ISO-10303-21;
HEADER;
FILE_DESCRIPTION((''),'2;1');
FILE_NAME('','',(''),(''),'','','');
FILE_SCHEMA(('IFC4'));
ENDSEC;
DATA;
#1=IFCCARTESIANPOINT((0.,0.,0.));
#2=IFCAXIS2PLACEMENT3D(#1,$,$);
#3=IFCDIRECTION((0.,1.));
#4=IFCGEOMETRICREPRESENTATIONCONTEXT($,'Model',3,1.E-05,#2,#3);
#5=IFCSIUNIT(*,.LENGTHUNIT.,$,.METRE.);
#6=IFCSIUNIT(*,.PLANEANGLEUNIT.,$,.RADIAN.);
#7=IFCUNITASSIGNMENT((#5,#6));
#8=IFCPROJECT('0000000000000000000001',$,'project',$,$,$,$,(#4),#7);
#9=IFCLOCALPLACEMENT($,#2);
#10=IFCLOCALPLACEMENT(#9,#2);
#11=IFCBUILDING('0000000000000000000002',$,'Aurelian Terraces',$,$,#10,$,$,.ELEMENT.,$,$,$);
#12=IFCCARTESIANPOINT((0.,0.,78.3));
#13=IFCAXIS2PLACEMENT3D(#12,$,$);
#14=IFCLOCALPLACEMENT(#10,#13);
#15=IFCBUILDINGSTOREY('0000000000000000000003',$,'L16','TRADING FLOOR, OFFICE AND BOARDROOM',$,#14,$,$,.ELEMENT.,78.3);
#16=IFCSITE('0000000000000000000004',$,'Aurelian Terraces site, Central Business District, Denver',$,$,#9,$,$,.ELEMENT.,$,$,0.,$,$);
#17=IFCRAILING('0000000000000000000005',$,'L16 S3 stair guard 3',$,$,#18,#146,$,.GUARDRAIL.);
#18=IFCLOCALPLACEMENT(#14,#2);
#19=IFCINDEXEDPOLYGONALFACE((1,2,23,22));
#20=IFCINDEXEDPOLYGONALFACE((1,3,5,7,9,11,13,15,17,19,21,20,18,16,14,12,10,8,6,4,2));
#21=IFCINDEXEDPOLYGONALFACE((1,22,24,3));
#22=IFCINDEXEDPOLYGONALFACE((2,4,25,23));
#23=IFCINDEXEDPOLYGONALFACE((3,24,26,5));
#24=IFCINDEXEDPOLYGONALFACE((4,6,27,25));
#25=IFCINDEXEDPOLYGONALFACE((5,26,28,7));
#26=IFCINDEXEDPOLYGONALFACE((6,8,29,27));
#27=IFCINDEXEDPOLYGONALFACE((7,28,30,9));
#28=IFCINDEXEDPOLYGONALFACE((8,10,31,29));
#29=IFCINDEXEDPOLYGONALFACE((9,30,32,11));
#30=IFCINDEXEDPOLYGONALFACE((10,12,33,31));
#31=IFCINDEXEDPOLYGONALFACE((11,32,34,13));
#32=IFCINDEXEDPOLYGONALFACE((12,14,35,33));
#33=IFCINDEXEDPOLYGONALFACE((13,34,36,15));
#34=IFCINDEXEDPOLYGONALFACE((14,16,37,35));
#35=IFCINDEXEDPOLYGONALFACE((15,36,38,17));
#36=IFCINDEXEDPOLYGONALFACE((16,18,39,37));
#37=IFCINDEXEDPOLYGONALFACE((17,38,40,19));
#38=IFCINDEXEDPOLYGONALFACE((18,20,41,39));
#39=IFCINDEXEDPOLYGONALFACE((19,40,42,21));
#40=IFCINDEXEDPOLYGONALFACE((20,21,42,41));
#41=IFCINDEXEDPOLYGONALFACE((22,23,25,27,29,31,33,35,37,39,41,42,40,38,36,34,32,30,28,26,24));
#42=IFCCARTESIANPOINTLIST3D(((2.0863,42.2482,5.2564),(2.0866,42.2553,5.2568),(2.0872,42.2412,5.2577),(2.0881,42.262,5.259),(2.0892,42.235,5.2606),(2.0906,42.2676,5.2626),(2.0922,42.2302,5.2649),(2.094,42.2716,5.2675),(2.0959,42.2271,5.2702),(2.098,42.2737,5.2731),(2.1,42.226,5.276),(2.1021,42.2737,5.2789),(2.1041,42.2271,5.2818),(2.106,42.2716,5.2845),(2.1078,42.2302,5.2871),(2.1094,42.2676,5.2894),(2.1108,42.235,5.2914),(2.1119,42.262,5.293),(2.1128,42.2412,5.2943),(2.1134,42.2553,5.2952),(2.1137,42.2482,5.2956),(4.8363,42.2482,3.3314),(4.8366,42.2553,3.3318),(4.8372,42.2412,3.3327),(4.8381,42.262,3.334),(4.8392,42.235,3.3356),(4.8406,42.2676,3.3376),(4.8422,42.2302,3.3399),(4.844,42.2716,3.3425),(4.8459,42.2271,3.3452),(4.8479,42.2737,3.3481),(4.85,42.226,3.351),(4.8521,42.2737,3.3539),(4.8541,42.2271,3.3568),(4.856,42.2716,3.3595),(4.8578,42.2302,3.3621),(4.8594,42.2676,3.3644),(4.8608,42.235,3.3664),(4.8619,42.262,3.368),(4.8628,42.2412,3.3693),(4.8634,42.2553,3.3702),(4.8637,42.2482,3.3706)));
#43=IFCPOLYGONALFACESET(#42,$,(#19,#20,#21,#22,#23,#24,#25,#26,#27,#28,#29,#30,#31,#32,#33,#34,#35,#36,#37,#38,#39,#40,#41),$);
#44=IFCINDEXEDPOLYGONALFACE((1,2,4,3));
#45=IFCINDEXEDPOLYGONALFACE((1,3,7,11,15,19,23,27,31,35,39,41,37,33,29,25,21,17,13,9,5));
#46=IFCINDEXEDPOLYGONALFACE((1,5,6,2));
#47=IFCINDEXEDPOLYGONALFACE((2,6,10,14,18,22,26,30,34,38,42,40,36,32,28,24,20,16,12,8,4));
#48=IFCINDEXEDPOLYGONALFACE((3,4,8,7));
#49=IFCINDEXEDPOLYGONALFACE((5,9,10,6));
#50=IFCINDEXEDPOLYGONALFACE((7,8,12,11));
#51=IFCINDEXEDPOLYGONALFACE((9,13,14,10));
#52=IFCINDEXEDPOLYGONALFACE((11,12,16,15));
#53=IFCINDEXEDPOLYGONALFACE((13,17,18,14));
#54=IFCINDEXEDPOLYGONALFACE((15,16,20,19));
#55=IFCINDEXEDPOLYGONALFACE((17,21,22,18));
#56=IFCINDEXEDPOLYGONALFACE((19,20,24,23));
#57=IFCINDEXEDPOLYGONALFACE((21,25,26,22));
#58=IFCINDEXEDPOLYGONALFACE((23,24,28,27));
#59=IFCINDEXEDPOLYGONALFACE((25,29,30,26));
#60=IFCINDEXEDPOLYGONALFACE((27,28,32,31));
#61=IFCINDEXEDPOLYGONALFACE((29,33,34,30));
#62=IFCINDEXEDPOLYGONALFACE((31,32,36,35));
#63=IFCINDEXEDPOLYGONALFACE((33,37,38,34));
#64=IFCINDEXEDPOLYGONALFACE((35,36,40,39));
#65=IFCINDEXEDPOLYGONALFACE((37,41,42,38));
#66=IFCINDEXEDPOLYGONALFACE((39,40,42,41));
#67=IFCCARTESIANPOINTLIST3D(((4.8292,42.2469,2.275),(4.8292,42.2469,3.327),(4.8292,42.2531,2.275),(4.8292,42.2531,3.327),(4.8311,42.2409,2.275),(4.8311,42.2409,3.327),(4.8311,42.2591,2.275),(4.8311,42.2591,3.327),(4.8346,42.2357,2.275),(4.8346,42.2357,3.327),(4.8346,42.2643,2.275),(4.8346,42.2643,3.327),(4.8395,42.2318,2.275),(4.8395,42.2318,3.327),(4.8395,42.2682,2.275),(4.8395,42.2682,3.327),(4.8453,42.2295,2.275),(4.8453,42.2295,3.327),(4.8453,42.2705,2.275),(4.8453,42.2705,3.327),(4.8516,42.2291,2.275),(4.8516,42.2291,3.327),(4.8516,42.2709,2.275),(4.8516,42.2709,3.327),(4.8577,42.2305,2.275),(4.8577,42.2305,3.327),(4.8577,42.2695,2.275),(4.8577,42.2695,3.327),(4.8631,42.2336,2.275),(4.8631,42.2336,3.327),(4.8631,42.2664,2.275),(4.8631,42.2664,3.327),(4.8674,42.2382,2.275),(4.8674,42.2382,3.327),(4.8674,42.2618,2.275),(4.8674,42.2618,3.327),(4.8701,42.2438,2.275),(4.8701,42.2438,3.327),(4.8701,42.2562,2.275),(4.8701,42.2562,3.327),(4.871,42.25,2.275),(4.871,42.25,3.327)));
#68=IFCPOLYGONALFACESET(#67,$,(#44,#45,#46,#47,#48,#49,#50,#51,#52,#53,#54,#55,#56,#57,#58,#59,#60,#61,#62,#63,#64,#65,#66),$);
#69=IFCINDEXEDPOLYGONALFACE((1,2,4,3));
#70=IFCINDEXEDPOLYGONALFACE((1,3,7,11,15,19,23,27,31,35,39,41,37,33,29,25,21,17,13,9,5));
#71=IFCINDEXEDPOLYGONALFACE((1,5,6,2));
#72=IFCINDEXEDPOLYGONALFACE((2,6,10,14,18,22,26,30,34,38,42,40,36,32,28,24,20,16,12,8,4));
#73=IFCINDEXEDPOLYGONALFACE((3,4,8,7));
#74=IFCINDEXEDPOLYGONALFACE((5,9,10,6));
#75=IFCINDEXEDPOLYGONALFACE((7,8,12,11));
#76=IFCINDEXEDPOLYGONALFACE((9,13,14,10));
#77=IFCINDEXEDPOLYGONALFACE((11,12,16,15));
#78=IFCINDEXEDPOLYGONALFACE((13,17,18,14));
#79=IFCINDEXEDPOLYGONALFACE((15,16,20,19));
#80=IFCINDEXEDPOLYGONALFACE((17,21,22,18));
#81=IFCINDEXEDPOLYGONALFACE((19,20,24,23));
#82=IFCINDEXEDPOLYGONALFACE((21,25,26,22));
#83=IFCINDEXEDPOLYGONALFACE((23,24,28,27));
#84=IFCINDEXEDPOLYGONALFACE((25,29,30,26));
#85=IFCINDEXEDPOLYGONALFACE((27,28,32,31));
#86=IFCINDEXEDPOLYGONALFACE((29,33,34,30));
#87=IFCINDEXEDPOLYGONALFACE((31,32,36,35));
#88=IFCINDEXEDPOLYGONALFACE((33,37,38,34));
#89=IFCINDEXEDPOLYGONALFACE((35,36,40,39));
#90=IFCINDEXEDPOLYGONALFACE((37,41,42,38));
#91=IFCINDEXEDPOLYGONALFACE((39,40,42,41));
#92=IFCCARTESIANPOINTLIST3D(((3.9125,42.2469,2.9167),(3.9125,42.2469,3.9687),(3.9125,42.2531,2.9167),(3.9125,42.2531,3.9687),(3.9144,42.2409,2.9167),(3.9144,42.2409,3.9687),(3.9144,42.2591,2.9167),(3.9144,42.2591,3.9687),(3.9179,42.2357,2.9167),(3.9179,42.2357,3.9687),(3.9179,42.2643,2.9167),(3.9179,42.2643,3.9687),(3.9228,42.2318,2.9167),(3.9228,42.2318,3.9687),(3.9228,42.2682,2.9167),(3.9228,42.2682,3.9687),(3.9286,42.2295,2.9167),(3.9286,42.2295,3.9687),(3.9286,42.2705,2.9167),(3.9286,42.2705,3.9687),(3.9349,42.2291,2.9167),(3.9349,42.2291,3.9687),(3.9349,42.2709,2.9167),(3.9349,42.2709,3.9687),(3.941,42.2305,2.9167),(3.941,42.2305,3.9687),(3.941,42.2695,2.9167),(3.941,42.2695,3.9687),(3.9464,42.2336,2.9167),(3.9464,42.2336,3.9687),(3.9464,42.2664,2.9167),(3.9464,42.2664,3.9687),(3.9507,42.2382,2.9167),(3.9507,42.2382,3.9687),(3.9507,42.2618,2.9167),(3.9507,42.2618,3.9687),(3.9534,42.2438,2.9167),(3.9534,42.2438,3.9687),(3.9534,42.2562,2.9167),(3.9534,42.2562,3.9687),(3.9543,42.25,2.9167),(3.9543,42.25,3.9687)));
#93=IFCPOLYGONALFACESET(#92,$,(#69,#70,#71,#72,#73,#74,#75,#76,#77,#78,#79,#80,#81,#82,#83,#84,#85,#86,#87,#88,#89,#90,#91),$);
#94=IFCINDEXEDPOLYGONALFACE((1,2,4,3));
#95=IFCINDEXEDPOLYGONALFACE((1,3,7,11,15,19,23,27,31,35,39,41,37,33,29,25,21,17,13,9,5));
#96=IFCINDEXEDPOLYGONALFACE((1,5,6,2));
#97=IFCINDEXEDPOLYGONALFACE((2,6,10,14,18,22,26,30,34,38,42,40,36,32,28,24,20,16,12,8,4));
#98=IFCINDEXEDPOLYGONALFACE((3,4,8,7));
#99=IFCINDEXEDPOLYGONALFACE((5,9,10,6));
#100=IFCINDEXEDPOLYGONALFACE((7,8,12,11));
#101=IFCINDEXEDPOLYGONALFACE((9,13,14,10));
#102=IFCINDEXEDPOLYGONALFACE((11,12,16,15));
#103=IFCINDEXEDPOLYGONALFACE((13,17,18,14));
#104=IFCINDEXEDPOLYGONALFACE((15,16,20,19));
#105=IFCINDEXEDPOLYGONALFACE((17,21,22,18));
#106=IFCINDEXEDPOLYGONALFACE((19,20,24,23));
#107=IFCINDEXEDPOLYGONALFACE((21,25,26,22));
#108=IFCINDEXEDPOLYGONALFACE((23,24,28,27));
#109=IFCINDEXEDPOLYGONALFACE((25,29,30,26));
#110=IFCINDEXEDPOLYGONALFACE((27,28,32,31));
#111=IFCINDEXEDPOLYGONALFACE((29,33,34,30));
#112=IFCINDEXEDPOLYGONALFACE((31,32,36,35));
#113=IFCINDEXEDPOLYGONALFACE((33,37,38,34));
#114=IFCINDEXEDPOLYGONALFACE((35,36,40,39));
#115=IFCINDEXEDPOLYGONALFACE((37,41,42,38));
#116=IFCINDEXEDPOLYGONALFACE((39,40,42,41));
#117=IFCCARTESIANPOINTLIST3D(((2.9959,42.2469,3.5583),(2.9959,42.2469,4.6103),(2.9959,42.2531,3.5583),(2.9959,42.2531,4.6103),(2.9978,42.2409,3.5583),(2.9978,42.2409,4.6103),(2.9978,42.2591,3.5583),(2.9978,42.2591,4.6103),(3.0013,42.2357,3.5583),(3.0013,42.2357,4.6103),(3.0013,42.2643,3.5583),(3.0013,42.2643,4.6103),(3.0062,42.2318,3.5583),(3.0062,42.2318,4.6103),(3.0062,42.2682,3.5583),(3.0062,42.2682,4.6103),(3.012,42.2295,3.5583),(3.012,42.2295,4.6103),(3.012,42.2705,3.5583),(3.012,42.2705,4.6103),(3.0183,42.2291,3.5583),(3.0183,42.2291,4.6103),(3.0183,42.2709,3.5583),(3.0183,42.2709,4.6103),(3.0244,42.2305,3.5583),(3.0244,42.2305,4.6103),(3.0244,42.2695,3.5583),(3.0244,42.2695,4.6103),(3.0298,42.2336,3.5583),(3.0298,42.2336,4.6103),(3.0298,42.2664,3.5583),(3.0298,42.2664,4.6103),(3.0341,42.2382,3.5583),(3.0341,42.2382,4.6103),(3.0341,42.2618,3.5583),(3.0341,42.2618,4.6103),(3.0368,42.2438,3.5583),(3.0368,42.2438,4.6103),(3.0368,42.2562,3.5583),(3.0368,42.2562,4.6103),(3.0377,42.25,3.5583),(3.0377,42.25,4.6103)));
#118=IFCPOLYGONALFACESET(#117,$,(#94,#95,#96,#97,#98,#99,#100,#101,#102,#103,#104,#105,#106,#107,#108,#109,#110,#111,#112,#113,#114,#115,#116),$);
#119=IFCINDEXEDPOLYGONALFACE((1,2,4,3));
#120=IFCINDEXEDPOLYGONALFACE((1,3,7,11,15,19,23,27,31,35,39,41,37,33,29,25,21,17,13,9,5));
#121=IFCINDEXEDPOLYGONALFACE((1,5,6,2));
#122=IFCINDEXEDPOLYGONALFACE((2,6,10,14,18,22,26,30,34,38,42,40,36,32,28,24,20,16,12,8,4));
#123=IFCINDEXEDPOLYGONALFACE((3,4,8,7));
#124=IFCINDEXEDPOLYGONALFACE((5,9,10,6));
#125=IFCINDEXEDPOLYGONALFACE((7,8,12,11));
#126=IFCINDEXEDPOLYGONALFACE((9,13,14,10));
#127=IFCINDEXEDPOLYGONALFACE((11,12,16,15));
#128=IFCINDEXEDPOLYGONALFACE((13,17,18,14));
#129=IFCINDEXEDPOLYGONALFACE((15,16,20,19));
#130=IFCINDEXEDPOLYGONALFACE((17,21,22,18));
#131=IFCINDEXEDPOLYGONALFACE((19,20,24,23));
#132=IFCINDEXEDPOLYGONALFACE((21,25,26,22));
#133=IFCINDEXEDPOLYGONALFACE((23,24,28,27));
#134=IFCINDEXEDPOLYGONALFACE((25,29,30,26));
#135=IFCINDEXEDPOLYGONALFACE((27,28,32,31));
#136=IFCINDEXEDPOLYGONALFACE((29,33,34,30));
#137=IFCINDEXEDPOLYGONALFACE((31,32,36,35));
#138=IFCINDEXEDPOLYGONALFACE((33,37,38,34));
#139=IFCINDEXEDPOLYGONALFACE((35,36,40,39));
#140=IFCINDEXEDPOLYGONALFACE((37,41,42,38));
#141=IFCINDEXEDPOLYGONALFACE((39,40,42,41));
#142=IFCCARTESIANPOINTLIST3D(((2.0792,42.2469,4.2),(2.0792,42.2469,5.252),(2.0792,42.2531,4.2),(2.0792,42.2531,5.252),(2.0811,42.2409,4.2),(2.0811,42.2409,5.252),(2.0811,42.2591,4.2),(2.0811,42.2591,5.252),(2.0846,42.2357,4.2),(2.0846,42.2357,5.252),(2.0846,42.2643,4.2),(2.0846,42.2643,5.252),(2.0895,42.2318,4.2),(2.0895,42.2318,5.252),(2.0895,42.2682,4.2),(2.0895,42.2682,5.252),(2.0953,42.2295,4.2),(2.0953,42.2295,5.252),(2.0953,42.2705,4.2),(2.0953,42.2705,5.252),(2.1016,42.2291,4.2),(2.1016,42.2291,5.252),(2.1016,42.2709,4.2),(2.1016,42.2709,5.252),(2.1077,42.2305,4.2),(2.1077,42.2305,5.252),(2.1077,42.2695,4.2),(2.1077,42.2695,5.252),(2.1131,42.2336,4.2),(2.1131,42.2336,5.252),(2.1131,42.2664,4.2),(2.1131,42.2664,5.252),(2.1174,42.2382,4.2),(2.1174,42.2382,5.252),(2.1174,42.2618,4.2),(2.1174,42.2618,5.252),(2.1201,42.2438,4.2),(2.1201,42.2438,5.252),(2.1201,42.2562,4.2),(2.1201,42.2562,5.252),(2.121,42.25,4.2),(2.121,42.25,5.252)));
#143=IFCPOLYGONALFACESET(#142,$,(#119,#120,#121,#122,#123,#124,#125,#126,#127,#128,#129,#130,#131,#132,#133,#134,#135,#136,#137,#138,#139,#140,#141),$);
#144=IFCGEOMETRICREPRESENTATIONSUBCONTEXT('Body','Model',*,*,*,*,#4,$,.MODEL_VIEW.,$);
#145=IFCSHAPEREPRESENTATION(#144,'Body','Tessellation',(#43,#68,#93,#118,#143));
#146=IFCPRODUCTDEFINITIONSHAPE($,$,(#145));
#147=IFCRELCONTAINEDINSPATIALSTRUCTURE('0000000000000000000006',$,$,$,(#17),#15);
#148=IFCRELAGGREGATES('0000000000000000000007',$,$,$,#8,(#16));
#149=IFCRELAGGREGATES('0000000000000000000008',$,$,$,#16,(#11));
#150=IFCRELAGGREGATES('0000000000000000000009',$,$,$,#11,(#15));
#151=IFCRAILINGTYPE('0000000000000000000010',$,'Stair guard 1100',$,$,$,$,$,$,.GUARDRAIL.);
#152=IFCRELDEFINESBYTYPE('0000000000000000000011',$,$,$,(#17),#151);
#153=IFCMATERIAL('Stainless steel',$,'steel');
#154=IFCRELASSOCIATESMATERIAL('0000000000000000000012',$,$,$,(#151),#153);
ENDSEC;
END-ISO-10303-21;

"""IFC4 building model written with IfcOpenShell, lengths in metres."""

from ifc_helpers import new_model, si_unit, direction, frame, origin, origin_2d, place, context, subcontext, project, spatial, circle, extrude, source, transform, mapped, material, type_object, element, save


model = new_model("IFC4")

# Units and contexts
model_context = context("Model", 3, precision=1e-05, world=origin(), true_north=direction((0.0, 1.0)))
body_context = subcontext(model_context, "Body", "Model", "MODEL_VIEW")
ifc_project = project(units=[si_unit("LENGTHUNIT", "METRE"), si_unit("PLANEANGLEUNIT", "RADIAN")], contexts=[model_context])

# Site, building, storey
site_placement = place(None, origin())
site = spatial("IfcSite", under=ifc_project, at=site_placement, Name="Aurelian Terraces site, Central Business District, Denver", CompositionType="ELEMENT", RefElevation=0.0)
building_placement = place(site_placement, origin())
building = spatial("IfcBuilding", under=site, at=building_placement, Name="Aurelian Terraces", CompositionType="ELEMENT")
storey_placement = place(building_placement, frame((0.0, 0.0, 78.3)))
storey = spatial("IfcBuildingStorey", under=building, at=storey_placement, Name="L16", Description="TRADING FLOOR, OFFICE AND BOARDROOM", CompositionType="ELEMENT", Elevation=78.3)

# Railing
ifc_material_1 = material(Name="Stainless steel", Category="steel")
railing_type_1 = type_object("IfcRailingType", Name="Stair guard 1100", PredefinedType="GUARDRAIL", material=ifc_material_1)
shared_shape_1 = source(origin(), body_context, "Body", "SweptSolid", [
    extrude(circle(Radius=0.024, at=origin_2d()), frame((0.0, 0.0, 1.076), z_axis=(-0.819232, 0.0, 0.573462), x_axis=(0.0, -1.0, 0.0)), (0.0, 0.0, 1.0), 3.3568),
    extrude(circle(Radius=0.021, at=origin_2d()), origin(), (0.0, 0.0, 1.0), 1.052),
    extrude(circle(Radius=0.021, at=origin_2d()), frame((-0.9167, 0.0, 0.6417)), (0.0, 0.0, 1.0), 1.052),
    extrude(circle(Radius=0.021, at=origin_2d()), frame((-1.8333, 0.0, 1.2833)), (0.0, 0.0, 1.0), 1.052),
    extrude(circle(Radius=0.021, at=origin_2d()), frame((-2.75, 0.0, 1.925)), (0.0, 0.0, 1.0), 1.052),
])
railing_1_placement = place(storey_placement, frame((4.85, 42.25, 2.275)))
element("IfcRailing", 1, at=railing_1_placement, inside=storey, type_object=railing_type_1, Name="L16 S3 stair guard 3", PredefinedType="GUARDRAIL", context=body_context, shape_type="MappedRepresentation", body=[
    mapped(shared_shape_1, transform((0.0, 0.0, 0.0), scale=1.0)),
])

save(model, "model.ifc")
